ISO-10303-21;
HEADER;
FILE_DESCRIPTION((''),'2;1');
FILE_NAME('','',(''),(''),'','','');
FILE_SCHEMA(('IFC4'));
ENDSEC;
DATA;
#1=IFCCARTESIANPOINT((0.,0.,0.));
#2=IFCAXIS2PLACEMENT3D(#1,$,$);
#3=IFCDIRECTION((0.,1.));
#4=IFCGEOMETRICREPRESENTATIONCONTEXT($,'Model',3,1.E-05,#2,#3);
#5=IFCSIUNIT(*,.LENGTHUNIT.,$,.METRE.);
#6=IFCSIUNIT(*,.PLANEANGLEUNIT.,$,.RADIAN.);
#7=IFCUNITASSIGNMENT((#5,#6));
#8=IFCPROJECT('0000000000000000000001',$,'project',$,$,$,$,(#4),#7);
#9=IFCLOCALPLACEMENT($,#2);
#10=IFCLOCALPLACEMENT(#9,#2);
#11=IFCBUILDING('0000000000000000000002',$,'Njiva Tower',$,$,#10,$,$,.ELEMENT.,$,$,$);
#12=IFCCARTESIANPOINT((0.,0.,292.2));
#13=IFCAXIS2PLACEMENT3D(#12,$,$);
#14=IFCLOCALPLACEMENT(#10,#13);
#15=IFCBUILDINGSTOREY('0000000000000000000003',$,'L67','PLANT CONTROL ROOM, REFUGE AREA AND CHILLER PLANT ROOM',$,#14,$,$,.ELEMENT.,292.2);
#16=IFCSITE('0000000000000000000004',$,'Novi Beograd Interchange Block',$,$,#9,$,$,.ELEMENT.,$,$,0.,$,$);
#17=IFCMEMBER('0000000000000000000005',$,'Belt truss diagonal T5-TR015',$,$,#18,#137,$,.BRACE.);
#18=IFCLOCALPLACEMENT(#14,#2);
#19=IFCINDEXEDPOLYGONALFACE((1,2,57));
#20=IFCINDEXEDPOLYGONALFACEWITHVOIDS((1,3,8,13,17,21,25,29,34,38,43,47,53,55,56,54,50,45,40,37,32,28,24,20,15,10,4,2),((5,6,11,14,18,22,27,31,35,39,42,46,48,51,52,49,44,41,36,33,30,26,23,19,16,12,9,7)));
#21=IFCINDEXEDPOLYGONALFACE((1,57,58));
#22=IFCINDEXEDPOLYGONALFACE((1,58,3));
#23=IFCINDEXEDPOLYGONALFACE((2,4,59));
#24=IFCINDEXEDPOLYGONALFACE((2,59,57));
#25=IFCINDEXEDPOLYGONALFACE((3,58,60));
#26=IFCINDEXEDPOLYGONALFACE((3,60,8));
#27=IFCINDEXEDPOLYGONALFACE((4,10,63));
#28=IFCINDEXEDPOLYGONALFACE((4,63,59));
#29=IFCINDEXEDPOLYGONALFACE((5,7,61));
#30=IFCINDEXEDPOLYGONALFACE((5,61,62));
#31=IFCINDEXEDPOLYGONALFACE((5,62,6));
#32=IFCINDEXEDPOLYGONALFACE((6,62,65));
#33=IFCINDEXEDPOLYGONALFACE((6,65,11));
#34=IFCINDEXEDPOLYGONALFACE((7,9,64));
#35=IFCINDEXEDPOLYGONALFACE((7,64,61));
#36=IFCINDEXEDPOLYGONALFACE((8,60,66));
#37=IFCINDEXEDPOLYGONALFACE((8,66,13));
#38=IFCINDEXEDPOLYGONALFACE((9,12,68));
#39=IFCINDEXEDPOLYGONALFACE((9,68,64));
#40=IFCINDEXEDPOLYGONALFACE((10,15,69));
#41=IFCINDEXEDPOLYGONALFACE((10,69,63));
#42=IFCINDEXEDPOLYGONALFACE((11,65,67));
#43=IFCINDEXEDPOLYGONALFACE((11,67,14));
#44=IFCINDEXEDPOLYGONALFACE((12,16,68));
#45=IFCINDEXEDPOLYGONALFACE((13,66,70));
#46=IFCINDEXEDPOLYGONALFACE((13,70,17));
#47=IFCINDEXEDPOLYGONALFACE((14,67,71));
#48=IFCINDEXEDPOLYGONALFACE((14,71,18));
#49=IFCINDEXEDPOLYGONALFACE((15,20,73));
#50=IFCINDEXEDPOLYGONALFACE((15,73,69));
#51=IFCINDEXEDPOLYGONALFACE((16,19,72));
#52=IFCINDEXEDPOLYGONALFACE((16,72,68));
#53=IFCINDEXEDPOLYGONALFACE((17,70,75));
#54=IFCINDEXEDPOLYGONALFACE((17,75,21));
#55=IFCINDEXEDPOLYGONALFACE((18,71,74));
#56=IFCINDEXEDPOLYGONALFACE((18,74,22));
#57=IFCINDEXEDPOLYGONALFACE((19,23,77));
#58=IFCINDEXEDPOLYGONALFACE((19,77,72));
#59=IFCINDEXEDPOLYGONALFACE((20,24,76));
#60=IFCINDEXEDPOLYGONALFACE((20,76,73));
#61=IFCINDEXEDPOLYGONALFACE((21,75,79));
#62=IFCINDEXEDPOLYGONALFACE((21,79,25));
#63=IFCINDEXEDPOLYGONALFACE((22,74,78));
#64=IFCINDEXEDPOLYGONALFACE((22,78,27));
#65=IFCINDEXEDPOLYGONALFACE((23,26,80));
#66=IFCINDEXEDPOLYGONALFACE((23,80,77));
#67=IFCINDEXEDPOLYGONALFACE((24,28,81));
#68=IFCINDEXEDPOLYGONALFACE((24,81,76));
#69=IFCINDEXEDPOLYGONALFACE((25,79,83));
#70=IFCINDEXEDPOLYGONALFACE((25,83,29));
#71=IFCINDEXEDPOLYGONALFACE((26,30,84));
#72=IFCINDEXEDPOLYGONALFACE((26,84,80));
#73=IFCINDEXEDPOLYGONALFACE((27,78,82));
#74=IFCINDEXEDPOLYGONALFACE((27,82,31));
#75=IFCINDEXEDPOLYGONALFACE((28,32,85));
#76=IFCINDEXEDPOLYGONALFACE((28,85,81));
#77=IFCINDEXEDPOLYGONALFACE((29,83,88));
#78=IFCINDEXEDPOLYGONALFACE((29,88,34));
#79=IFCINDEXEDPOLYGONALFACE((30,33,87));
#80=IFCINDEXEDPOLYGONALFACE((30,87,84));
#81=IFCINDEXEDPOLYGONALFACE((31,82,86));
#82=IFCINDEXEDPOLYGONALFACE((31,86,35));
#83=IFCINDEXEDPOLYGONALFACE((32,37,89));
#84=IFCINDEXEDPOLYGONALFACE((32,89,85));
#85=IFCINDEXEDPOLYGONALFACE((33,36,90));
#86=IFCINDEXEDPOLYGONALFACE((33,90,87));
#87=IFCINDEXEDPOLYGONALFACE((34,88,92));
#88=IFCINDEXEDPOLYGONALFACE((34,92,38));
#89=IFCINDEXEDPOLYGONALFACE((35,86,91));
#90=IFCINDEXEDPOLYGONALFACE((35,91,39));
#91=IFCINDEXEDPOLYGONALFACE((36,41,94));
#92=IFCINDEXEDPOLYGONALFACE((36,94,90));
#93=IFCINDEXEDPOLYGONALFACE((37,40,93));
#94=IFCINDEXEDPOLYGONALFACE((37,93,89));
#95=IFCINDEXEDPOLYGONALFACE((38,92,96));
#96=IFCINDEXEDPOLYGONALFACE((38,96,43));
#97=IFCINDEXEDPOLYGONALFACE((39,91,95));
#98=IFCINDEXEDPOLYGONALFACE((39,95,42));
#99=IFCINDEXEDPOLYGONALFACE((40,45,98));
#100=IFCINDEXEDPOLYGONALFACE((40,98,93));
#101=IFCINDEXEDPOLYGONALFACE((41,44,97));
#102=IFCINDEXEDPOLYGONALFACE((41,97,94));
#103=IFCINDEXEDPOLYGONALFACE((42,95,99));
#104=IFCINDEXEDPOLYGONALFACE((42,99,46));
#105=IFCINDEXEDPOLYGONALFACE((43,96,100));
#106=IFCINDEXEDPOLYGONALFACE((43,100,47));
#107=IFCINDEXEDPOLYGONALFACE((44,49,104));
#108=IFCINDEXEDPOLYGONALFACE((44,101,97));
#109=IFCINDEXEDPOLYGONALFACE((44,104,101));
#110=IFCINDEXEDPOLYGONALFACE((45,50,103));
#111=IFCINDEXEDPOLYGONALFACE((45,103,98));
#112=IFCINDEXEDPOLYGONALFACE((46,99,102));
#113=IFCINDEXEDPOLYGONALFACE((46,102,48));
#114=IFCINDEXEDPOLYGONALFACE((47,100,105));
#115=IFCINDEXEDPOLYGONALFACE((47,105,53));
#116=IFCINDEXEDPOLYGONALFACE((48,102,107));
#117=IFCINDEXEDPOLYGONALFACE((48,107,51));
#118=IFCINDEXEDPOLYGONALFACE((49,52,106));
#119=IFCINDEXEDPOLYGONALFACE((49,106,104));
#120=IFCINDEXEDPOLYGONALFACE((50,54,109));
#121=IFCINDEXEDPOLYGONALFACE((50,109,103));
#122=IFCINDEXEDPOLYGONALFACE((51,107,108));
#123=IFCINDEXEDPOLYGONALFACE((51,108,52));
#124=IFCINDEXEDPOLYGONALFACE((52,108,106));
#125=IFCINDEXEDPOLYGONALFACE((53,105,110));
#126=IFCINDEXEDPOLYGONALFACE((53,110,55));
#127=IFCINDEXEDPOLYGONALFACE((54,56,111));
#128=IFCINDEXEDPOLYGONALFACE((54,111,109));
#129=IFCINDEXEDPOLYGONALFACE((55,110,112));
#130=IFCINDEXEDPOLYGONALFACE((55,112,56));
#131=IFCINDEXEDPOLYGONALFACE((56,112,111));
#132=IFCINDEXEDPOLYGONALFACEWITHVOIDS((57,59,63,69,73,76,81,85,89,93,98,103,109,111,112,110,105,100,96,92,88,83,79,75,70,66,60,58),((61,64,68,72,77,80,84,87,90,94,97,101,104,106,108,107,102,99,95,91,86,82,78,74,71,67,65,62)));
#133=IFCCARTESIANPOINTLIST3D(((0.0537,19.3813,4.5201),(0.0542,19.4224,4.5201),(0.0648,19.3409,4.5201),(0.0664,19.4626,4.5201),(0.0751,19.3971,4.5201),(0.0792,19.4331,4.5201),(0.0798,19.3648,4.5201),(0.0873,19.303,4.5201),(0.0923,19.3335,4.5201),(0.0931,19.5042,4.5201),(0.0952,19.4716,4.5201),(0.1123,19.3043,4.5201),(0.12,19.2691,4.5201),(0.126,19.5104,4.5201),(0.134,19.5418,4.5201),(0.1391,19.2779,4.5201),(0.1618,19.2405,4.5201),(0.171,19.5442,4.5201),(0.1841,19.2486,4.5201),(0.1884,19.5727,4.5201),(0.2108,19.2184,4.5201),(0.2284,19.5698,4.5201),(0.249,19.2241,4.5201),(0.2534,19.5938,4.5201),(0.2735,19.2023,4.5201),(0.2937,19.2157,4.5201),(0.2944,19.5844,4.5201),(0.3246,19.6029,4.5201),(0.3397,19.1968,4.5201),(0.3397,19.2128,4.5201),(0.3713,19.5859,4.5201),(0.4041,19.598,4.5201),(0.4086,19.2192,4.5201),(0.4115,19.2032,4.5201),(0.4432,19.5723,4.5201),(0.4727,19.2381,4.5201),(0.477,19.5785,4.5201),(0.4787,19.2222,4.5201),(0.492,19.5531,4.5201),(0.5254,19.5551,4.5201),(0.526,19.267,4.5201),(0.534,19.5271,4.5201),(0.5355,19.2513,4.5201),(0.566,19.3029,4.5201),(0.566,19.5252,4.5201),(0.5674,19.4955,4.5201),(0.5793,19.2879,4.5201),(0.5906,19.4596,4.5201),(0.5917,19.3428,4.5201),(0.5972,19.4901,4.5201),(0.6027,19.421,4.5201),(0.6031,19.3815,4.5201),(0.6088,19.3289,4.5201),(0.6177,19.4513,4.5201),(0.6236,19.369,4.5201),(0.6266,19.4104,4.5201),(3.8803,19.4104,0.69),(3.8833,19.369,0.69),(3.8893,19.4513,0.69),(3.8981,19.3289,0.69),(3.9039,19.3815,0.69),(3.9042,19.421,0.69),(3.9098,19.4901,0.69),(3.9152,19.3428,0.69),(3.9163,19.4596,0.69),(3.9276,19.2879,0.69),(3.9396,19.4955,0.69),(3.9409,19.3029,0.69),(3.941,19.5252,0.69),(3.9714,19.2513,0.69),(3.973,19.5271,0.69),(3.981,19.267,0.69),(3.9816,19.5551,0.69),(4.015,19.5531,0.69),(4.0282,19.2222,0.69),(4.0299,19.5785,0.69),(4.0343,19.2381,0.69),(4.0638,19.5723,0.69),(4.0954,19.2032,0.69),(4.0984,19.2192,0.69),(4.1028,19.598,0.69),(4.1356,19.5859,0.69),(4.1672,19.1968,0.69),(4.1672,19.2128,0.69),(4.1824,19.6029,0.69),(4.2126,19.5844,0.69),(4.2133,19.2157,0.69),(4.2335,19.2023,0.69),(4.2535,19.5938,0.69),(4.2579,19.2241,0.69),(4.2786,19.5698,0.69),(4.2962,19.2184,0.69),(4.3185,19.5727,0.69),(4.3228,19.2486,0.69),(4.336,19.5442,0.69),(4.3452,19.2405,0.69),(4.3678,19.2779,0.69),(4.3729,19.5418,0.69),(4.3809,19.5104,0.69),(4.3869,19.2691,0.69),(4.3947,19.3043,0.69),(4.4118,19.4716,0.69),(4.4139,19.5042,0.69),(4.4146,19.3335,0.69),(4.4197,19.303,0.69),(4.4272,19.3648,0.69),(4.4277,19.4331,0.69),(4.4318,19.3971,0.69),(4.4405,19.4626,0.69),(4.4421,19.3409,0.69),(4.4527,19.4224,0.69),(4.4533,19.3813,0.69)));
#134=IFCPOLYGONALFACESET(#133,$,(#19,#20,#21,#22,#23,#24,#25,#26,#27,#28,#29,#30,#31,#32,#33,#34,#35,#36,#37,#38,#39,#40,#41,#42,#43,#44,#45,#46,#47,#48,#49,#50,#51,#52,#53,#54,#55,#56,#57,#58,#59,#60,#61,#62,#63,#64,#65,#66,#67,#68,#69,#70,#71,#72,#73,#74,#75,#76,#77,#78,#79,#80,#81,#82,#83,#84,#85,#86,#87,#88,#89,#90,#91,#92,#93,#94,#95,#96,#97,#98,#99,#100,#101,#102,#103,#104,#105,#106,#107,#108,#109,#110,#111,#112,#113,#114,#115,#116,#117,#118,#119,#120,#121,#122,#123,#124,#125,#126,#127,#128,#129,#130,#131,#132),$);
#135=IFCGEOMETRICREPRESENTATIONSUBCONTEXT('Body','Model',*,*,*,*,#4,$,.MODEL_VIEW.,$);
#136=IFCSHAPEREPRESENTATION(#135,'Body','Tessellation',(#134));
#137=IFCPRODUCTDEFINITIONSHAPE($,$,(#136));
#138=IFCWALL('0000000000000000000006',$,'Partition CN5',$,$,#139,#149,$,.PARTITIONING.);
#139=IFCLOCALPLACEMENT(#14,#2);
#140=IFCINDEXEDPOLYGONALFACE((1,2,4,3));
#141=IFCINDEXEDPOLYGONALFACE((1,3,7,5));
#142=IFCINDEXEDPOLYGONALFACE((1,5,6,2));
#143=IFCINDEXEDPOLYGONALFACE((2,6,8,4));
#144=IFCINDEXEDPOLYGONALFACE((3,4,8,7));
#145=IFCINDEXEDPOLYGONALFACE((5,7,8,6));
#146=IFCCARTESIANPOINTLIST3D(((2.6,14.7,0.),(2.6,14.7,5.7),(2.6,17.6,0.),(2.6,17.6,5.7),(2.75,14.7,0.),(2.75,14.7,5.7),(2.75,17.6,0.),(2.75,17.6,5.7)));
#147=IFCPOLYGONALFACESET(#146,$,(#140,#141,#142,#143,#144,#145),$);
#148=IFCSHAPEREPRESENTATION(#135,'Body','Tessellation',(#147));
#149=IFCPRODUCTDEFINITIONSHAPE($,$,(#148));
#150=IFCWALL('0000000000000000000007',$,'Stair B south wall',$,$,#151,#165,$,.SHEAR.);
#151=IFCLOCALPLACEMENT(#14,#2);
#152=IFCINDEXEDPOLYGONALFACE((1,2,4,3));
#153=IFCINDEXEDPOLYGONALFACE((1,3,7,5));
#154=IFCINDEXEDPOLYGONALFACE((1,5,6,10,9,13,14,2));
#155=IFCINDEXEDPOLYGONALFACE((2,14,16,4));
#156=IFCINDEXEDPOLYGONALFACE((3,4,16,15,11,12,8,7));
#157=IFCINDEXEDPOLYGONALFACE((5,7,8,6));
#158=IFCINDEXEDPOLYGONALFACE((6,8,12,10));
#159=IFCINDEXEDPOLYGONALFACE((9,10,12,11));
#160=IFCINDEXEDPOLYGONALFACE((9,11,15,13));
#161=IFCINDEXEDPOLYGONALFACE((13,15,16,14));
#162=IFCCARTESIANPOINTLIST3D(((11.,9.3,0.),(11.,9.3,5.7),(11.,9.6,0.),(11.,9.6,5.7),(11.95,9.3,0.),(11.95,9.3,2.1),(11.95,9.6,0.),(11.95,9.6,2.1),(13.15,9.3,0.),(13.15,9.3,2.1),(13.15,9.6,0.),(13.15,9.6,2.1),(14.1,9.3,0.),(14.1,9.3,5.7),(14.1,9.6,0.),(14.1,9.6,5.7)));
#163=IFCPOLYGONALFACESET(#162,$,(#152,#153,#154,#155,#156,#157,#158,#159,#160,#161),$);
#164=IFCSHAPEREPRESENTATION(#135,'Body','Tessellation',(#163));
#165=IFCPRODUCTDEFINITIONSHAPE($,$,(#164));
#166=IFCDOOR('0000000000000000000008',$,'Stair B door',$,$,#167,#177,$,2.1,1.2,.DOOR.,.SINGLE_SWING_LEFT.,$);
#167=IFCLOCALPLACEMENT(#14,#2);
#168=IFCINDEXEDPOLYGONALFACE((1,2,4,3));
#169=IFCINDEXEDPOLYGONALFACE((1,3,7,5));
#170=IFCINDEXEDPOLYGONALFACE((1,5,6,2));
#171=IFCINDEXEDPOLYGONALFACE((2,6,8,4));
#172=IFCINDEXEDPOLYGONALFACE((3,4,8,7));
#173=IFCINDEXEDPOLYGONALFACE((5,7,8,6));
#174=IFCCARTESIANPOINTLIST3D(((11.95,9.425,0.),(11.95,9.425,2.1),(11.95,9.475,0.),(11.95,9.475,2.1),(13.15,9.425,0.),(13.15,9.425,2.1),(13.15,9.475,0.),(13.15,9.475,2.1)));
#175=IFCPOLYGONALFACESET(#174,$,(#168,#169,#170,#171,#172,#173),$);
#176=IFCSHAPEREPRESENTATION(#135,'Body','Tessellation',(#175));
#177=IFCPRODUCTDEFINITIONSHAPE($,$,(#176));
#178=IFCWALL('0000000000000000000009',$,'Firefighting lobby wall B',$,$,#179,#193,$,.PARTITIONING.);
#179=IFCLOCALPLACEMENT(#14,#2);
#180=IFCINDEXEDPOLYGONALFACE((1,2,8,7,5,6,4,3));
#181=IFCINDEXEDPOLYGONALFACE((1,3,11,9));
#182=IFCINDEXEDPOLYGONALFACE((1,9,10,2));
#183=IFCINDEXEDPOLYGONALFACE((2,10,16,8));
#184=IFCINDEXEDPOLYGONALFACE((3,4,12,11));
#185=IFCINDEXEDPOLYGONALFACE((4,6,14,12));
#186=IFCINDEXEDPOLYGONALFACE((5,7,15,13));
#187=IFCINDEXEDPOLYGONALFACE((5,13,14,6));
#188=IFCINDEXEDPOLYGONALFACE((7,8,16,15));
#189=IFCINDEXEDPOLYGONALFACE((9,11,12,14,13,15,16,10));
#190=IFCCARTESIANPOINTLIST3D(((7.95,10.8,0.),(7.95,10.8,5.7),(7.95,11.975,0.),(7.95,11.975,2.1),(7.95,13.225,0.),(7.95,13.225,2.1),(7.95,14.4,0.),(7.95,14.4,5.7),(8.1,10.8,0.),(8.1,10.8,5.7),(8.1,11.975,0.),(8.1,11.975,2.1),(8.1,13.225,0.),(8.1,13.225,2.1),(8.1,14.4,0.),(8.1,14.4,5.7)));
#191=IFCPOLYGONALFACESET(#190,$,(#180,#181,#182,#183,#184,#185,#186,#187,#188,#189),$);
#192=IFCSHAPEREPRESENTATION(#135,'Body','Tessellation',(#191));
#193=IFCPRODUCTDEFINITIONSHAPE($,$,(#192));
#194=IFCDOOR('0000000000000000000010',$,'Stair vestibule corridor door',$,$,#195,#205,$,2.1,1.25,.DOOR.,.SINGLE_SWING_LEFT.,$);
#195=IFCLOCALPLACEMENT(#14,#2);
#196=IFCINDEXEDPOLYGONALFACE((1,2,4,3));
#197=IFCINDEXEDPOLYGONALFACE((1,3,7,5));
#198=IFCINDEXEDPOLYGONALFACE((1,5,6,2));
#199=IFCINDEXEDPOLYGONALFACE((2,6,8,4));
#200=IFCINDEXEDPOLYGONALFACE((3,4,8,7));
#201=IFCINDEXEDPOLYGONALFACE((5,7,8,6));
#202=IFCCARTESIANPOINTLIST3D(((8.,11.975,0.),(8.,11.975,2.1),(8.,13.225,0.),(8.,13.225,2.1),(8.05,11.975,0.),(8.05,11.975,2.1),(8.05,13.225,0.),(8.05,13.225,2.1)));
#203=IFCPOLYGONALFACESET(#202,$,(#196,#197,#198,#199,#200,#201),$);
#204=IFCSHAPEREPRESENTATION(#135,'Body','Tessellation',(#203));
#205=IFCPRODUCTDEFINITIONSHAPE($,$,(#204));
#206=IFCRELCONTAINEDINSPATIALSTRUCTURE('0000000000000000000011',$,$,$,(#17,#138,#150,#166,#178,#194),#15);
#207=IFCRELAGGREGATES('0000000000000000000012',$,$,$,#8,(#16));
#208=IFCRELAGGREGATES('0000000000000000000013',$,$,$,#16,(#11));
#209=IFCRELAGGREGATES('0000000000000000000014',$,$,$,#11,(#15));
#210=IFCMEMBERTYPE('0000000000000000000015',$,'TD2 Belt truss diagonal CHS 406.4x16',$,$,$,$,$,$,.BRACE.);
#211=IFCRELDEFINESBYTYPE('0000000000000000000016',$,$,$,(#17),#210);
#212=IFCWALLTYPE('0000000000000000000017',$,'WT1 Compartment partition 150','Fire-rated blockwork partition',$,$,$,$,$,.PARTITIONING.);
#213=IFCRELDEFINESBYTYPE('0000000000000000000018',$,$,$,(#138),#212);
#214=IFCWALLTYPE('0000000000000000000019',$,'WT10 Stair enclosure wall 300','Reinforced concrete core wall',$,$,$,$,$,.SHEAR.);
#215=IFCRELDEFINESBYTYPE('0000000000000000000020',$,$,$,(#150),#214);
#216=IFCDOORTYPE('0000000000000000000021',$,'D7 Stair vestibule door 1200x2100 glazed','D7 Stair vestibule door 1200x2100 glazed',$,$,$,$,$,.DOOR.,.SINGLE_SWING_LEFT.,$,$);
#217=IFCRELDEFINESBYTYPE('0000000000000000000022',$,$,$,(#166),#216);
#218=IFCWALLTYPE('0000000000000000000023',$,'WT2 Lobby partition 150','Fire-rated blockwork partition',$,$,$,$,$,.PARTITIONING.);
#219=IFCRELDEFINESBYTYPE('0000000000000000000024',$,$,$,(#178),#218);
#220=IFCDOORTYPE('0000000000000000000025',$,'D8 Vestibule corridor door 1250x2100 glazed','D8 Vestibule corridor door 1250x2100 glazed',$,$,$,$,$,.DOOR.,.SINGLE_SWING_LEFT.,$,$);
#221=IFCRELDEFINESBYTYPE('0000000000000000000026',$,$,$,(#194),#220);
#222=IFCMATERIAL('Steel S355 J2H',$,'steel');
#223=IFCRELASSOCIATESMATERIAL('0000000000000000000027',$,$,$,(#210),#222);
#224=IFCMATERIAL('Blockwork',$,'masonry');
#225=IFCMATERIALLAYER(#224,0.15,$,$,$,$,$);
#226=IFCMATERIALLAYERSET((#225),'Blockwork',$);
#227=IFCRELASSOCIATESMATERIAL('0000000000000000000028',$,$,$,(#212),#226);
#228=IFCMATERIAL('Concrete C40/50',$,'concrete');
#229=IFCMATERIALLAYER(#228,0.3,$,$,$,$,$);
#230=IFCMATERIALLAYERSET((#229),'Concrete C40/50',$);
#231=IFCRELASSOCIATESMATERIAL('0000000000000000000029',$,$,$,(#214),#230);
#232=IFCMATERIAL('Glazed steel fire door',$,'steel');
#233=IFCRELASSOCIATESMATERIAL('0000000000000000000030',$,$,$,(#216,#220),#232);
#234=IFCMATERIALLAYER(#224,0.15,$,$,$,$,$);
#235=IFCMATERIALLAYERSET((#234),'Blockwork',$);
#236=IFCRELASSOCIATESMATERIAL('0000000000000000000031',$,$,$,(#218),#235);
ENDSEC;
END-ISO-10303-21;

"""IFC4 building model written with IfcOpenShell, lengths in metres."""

from ifc_helpers import new_model, si_unit, direction, frame, frame_2d, origin, origin_2d, place, context, subcontext, project, spatial, rectangle, hollow_circle, extrude, clip, halfspace, material, layer, layer_set, material_profile, profile_set, type_object, element, fill, save


model = new_model("IFC4")

# Units and contexts
model_context = context("Model", 3, precision=1e-05, world=origin(), true_north=direction((0.0, 1.0)))
body_context = subcontext(model_context, "Body", "Model", "MODEL_VIEW")
ifc_project = project(units=[si_unit("LENGTHUNIT", "METRE"), si_unit("PLANEANGLEUNIT", "RADIAN")], contexts=[model_context])

# Site, building, storey
site_placement = place(None, origin())
site = spatial("IfcSite", under=ifc_project, at=site_placement, Name="Novi Beograd Interchange Block", CompositionType="ELEMENT", RefElevation=0.0)
building_placement = place(site_placement, origin())
building = spatial("IfcBuilding", under=site, at=building_placement, Name="Njiva Tower", CompositionType="ELEMENT")
storey_placement = place(building_placement, frame((0.0, 0.0, 292.2)))
storey = spatial("IfcBuildingStorey", under=building, at=storey_placement, Name="L67", Description="PLANT CONTROL ROOM, REFUGE AREA AND CHILLER PLANT ROOM", CompositionType="ELEMENT", Elevation=292.2)

# Member
ifc_material_1 = material(Name="Steel S355 J2H", Category="steel")
ifc_material_profile_1 = material_profile(ifc_material_1, hollow_circle(Radius=0.2032, WallThickness=0.016, at=origin_2d()), Name="CHS 406.4x16")
ifc_profile_set_1 = profile_set([ifc_material_profile_1], Name="Steel S355 J2H")
member_type_1 = type_object("IfcMemberType", Name="TD2 Belt truss diagonal CHS 406.4x16", PredefinedType="BRACE", material=ifc_profile_set_1)
member_1_placement = place(storey_placement, frame((4.6731, 19.4, 0.1838), z_axis=(-0.706871, 0.0, 0.707342), x_axis=(0.0, -1.0, 0.0)))
element("IfcMember", 1, at=member_1_placement, inside=storey, type_object=member_type_1, Name="Belt truss diagonal T5-TR015", PredefinedType="BRACE", context=body_context, shape_type="Clipping", body=[
    clip(clip(extrude(hollow_circle(Radius=0.2032, WallThickness=0.016, at=origin_2d()), origin(), (0.0, 0.0, 1.0), 6.846), halfspace(frame((19.4, -2.9477, 3.6614), z_axis=(0.0, -0.706871, -0.707342), x_axis=(0.0, -0.707342, 0.706871)), False)), halfspace(frame((19.4, -0.2403, 6.3705), z_axis=(0.0, 0.706871, 0.707342), x_axis=(0.0, 0.707342, -0.706871)), False)),
])

# Wall
ifc_material_2 = material(Name="Blockwork", Category="masonry")
ifc_layer_1 = layer(ifc_material_2, 0.15)
ifc_layer_set_1 = layer_set([ifc_layer_1], Name="Blockwork")
wall_type_1 = type_object("IfcWallType", Name="WT1 Compartment partition 150", Description="Fire-rated blockwork partition", PredefinedType="PARTITIONING", material=ifc_layer_set_1)
wall_1_placement = place(storey_placement, frame((2.675, 14.7, 0.0), z_axis=(0.0, 0.0, 1.0), x_axis=(0.0, 1.0, 0.0)))
element("IfcWall", 2, at=wall_1_placement, inside=storey, type_object=wall_type_1, Name="Partition CN5", PredefinedType="PARTITIONING", context=body_context, shape_type="SweptSolid", body=[
    extrude(rectangle(XDim=2.9, YDim=0.15, at=frame_2d((1.45, 0.0))), origin(), (0.0, 0.0, 1.0), 5.7),
])

# Walls, openings, doors
ifc_material_3 = material(Name="Concrete C40/50", Category="concrete")
ifc_layer_2 = layer(ifc_material_3, 0.3)
ifc_layer_set_2 = layer_set([ifc_layer_2], Name="Concrete C40/50")
wall_type_2 = type_object("IfcWallType", Name="WT10 Stair enclosure wall 300", Description="Reinforced concrete core wall", PredefinedType="SHEAR", material=ifc_layer_set_2)
wall_2_placement = place(storey_placement, frame((11.0, 9.45, 0.0), z_axis=(0.0, 0.0, 1.0), x_axis=(1.0, 0.0, 0.0)))
wall_2 = element("IfcWall", 3, at=wall_2_placement, inside=storey, type_object=wall_type_2, Name="Stair B south wall", PredefinedType="SHEAR", context=body_context, shape_type="SweptSolid", body=[
    extrude(rectangle(XDim=3.1, YDim=0.3, at=frame_2d((1.55, 0.0))), origin(), (0.0, 0.0, 1.0), 5.7),
])
opening_1_placement = place(wall_2_placement, frame((0.95, 0.0, 0.0)))
opening_1 = element("IfcOpeningElement", 4, at=opening_1_placement, cuts=wall_2, PredefinedType="OPENING", context=body_context, shape_type="SweptSolid", body=[
    extrude(rectangle(XDim=1.2, YDim=2.1, at=frame_2d((0.6, 1.05))), frame((0.0, 0.16, 0.0), z_axis=(0.0, -1.0, 0.0), x_axis=(1.0, 0.0, 0.0)), (0.0, 0.0, 1.0), 0.32),
])
ifc_material_4 = material(Name="Glazed steel fire door", Category="steel")
door_type_1 = type_object("IfcDoorType", Name="D7 Stair vestibule door 1200x2100 glazed", Description="D7 Stair vestibule door 1200x2100 glazed", OperationType="SINGLE_SWING_LEFT", PredefinedType="DOOR", material=ifc_material_4)
door_1_placement = place(opening_1_placement, origin())
door_1 = element("IfcDoor", 5, at=door_1_placement, inside=storey, type_object=door_type_1, Name="Stair B door", OperationType="SINGLE_SWING_LEFT", OverallHeight=2.1, OverallWidth=1.2, PredefinedType="DOOR", context=body_context, shape_type="SweptSolid", body=[
    extrude(rectangle(XDim=1.2, YDim=2.1, at=frame_2d((0.6, 1.05))), frame((0.0, 0.025, 0.0), z_axis=(0.0, -1.0, 0.0), x_axis=(1.0, 0.0, 0.0)), (0.0, 0.0, 1.0), 0.05),
])
fill(opening_1, door_1)
ifc_layer_3 = layer(ifc_material_2, 0.15)
ifc_layer_set_3 = layer_set([ifc_layer_3], Name="Blockwork")
wall_type_3 = type_object("IfcWallType", Name="WT2 Lobby partition 150", Description="Fire-rated blockwork partition", PredefinedType="PARTITIONING", material=ifc_layer_set_3)
wall_3_placement = place(storey_placement, frame((8.025, 10.8, 0.0), z_axis=(0.0, 0.0, 1.0), x_axis=(0.0, 1.0, 0.0)))
wall_3 = element("IfcWall", 6, at=wall_3_placement, inside=storey, type_object=wall_type_3, Name="Firefighting lobby wall B", PredefinedType="PARTITIONING", context=body_context, shape_type="SweptSolid", body=[
    extrude(rectangle(XDim=3.6, YDim=0.15, at=frame_2d((1.8, 0.0))), origin(), (0.0, 0.0, 1.0), 5.7),
])
opening_2_placement = place(wall_3_placement, frame((1.175, 0.0, 0.0)))
opening_2 = element("IfcOpeningElement", 7, at=opening_2_placement, cuts=wall_3, PredefinedType="OPENING", context=body_context, shape_type="SweptSolid", body=[
    extrude(rectangle(XDim=1.25, YDim=2.1, at=frame_2d((0.625, 1.05))), frame((0.0, 0.085, 0.0), z_axis=(0.0, -1.0, 0.0), x_axis=(1.0, 0.0, 0.0)), (0.0, 0.0, 1.0), 0.17),
])
door_type_2 = type_object("IfcDoorType", Name="D8 Vestibule corridor door 1250x2100 glazed", Description="D8 Vestibule corridor door 1250x2100 glazed", OperationType="SINGLE_SWING_LEFT", PredefinedType="DOOR", material=ifc_material_4)
door_2_placement = place(opening_2_placement, origin())
door_2 = element("IfcDoor", 8, at=door_2_placement, inside=storey, type_object=door_type_2, Name="Stair vestibule corridor door", OperationType="SINGLE_SWING_LEFT", OverallHeight=2.1, OverallWidth=1.25, PredefinedType="DOOR", context=body_context, shape_type="SweptSolid", body=[
    extrude(rectangle(XDim=1.25, YDim=2.1, at=frame_2d((0.625, 1.05))), frame((0.0, 0.025, 0.0), z_axis=(0.0, -1.0, 0.0), x_axis=(1.0, 0.0, 0.0)), (0.0, 0.0, 1.0), 0.05),
])
fill(opening_2, door_2)

save(model, "model.ifc")
